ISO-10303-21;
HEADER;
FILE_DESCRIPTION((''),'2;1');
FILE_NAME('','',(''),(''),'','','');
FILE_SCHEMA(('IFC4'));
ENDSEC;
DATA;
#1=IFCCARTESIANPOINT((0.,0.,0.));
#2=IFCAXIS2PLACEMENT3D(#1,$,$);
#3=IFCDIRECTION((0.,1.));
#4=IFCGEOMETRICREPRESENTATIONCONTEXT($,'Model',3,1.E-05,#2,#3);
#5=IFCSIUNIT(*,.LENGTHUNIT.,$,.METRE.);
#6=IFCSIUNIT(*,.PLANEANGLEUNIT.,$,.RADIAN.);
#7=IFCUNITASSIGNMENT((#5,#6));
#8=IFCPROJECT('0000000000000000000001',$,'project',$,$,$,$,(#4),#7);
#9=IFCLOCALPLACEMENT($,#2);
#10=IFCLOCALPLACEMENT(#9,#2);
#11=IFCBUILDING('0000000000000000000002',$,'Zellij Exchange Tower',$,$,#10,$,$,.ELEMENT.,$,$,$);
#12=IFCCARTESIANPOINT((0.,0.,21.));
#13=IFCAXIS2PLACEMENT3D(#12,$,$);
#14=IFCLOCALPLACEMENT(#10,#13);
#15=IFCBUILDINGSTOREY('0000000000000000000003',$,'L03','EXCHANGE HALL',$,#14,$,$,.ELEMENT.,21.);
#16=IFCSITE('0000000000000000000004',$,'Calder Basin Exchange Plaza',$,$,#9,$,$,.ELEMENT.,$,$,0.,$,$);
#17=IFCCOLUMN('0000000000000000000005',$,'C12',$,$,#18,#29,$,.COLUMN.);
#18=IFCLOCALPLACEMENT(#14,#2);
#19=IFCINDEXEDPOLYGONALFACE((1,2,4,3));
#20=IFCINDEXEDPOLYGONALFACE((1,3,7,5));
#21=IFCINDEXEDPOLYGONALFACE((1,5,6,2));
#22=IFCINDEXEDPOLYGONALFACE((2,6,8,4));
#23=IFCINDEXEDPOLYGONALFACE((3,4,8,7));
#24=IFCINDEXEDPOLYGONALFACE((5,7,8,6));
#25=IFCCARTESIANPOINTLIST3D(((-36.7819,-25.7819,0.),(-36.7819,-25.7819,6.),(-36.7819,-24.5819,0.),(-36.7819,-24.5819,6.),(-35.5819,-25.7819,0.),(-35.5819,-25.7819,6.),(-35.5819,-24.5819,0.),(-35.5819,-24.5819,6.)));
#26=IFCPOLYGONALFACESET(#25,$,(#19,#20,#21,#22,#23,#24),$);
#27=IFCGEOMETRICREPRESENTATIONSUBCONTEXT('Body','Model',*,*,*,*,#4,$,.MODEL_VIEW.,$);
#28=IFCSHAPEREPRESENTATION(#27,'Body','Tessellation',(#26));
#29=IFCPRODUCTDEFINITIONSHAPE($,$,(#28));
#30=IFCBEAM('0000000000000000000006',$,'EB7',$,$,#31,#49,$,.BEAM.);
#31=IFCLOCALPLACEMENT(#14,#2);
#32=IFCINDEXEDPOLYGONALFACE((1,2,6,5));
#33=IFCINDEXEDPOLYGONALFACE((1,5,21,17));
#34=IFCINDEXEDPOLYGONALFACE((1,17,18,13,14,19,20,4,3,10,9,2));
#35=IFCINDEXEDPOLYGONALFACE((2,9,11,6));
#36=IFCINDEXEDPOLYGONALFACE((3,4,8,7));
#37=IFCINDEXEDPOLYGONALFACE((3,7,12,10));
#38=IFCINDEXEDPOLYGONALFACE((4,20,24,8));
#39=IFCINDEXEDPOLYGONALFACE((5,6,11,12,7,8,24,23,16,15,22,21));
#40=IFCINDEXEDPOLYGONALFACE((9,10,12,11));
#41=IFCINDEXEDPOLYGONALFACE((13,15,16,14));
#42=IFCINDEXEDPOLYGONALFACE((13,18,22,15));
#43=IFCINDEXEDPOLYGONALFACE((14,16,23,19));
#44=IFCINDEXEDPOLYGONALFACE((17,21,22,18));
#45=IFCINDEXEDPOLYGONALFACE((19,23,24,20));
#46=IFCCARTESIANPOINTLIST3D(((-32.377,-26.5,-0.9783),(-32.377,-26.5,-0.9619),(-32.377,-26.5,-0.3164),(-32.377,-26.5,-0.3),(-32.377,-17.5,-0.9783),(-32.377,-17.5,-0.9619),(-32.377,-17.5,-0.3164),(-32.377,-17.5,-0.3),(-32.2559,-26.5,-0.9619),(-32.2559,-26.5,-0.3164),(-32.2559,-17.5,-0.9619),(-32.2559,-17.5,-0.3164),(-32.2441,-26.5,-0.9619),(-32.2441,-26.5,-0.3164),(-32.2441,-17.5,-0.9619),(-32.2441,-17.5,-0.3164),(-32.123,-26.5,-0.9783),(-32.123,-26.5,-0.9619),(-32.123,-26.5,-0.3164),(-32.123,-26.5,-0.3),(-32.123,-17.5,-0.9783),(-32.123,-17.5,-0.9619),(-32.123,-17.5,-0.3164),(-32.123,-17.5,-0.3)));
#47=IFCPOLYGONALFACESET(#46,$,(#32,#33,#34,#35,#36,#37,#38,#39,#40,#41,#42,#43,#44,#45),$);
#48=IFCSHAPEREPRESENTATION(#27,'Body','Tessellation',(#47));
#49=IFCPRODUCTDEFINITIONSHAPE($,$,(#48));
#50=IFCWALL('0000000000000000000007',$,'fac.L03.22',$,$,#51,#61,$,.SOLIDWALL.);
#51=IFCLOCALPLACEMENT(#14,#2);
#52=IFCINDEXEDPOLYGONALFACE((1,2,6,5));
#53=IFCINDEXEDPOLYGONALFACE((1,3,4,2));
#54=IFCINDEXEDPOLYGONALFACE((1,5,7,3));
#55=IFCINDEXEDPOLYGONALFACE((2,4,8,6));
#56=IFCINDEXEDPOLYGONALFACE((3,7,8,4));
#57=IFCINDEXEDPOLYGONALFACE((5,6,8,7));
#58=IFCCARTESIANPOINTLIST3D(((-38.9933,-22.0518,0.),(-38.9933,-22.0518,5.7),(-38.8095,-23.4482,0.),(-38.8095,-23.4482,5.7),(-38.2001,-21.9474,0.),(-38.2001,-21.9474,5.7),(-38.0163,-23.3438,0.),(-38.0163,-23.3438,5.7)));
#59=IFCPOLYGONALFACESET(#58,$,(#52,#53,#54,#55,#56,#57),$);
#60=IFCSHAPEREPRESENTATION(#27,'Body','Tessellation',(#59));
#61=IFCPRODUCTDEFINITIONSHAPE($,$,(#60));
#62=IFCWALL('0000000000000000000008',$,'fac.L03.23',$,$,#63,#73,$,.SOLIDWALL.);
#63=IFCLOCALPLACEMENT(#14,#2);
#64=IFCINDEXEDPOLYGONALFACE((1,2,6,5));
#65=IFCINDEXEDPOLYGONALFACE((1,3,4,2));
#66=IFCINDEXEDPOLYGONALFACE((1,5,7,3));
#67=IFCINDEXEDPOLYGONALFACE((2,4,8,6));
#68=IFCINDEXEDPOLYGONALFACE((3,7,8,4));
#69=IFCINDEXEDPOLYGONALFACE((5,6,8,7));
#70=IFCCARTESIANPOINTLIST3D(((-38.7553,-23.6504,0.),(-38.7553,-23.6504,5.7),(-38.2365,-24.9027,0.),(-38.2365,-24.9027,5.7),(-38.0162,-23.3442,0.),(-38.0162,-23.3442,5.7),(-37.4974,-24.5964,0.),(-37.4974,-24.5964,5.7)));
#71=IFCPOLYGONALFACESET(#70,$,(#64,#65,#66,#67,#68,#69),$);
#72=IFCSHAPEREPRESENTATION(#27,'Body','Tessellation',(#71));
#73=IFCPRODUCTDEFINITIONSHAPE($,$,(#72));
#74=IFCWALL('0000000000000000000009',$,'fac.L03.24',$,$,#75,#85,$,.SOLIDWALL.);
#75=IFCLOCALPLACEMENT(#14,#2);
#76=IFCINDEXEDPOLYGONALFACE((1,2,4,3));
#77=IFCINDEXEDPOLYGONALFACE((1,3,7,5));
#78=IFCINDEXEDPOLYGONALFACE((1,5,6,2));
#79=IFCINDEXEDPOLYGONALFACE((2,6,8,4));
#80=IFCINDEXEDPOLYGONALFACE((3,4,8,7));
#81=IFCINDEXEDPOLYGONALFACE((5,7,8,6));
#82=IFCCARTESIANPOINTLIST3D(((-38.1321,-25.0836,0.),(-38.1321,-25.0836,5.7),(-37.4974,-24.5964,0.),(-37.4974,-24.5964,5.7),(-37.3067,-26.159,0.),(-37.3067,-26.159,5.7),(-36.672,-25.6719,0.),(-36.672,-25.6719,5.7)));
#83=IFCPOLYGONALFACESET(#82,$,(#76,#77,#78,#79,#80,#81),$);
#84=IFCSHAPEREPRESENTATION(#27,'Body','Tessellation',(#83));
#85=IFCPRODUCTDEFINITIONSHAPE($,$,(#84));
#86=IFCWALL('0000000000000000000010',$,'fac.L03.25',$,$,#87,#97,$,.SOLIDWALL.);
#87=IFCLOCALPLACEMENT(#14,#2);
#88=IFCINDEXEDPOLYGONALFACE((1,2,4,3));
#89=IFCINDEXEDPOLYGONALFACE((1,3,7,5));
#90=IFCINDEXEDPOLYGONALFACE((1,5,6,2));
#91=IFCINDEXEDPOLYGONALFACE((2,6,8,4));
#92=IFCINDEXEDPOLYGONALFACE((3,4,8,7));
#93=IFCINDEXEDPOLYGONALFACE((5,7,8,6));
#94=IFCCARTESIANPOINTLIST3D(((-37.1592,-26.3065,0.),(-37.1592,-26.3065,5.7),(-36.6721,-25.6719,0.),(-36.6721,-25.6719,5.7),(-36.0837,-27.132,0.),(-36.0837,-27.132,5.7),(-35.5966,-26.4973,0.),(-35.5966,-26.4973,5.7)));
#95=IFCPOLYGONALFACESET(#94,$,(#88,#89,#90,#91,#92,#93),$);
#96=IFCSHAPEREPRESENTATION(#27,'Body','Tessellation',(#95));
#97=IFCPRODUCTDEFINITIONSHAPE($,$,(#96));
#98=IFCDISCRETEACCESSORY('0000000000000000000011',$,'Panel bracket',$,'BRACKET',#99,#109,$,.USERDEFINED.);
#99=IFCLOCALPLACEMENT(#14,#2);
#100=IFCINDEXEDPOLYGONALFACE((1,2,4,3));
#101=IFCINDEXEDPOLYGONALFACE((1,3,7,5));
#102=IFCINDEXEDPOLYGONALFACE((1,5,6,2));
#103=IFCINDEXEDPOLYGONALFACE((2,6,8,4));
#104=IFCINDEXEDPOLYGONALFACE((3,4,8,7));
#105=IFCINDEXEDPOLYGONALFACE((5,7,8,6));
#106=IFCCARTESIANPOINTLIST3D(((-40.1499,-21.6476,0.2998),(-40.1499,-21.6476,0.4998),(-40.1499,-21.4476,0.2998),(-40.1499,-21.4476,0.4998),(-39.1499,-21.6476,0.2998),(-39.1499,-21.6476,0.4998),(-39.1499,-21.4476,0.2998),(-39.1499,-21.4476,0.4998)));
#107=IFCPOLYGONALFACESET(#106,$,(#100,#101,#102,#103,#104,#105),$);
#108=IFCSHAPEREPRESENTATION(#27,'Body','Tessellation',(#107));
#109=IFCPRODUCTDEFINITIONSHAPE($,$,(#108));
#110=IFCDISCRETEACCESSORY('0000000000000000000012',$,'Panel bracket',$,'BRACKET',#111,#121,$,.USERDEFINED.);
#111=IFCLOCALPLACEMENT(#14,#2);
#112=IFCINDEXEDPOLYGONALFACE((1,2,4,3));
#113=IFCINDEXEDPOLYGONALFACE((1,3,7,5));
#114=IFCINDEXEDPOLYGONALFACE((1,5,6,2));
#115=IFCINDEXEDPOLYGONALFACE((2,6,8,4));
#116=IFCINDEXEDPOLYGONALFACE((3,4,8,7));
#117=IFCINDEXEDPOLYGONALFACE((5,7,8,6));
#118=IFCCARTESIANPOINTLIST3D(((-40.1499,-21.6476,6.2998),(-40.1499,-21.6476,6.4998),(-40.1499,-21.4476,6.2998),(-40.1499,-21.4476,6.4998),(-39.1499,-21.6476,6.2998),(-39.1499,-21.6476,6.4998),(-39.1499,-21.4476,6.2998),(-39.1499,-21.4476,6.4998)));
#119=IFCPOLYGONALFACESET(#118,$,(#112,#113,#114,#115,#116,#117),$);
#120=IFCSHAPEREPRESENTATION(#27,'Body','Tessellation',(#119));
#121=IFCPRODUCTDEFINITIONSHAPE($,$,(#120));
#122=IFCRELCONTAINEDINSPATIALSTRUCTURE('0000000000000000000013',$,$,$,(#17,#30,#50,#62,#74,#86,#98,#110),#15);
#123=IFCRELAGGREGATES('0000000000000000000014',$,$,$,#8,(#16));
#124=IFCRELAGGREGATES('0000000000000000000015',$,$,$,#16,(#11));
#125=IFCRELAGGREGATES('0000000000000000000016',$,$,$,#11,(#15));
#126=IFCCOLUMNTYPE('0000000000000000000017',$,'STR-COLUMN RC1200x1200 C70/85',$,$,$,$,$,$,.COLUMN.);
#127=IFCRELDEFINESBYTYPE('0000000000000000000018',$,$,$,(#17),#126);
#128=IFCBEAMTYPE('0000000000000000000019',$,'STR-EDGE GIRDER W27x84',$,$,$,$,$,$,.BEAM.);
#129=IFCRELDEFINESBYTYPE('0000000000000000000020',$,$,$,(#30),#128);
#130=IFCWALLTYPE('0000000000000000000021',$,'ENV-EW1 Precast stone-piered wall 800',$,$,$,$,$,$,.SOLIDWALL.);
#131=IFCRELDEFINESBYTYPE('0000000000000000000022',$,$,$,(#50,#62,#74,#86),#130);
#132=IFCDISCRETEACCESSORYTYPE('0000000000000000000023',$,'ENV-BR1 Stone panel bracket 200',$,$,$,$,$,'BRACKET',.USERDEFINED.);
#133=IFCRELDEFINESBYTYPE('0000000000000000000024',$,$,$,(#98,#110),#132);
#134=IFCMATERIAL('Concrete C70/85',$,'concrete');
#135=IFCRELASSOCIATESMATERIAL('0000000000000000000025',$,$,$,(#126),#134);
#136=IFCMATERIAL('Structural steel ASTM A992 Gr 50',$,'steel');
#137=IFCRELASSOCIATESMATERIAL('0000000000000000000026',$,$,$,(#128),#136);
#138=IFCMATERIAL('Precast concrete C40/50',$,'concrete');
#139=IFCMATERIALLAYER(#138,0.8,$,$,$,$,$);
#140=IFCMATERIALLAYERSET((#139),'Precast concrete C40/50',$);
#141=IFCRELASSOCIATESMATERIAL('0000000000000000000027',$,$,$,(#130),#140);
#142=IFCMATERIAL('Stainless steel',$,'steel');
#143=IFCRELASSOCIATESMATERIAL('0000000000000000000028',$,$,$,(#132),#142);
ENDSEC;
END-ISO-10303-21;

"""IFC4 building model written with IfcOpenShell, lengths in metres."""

from ifc_helpers import new_model, si_unit, direction, frame, frame_2d, origin, origin_2d, place, context, subcontext, project, spatial, rectangle, i_section, extrude, material, layer, layer_set, material_profile, profile_set, type_object, element, save


model = new_model("IFC4")

# Units and contexts
model_context = context("Model", 3, precision=1e-05, world=origin(), true_north=direction((0.0, 1.0)))
body_context = subcontext(model_context, "Body", "Model", "MODEL_VIEW")
ifc_project = project(units=[si_unit("LENGTHUNIT", "METRE"), si_unit("PLANEANGLEUNIT", "RADIAN")], contexts=[model_context])

# Site, building, storey
site_placement = place(None, origin())
site = spatial("IfcSite", under=ifc_project, at=site_placement, Name="Calder Basin Exchange Plaza", CompositionType="ELEMENT", RefElevation=0.0)
building_placement = place(site_placement, origin())
building = spatial("IfcBuilding", under=site, at=building_placement, Name="Zellij Exchange Tower", CompositionType="ELEMENT")
storey_placement = place(building_placement, frame((0.0, 0.0, 21.0)))
storey = spatial("IfcBuildingStorey", under=building, at=storey_placement, Name="L03", Description="EXCHANGE HALL", CompositionType="ELEMENT", Elevation=21.0)

# Column
ifc_material_1 = material(Name="Concrete C70/85", Category="concrete")
ifc_material_profile_1 = material_profile(ifc_material_1, rectangle(XDim=1.2, YDim=1.2, at=origin_2d()), Name="STR-COLUMN RC1200x1200 C70/85")
ifc_profile_set_1 = profile_set([ifc_material_profile_1], Name="Concrete C70/85")
column_type = type_object("IfcColumnType", Name="STR-COLUMN RC1200x1200 C70/85", PredefinedType="COLUMN", material=ifc_profile_set_1)
column_placement = place(storey_placement, frame((-36.1819, -25.1819, 0.0), z_axis=(0.0, 0.0, 1.0), x_axis=(1.0, 0.0, 0.0)))
element("IfcColumn", 1, at=column_placement, inside=storey, type_object=column_type, Name="C12", PredefinedType="COLUMN", context=body_context, shape_type="SweptSolid", body=[
    extrude(rectangle(XDim=1.2, YDim=1.2, at=origin_2d()), origin(), (0.0, 0.0, 1.0), 6.0),
])

# Beam
ifc_material_2 = material(Name="Structural steel ASTM A992 Gr 50", Category="steel")
ifc_material_profile_2 = material_profile(ifc_material_2, i_section(OverallWidth=0.2539, OverallDepth=0.6782, WebThickness=0.0117, FlangeThickness=0.0164, at=origin_2d()), Name="W27x84")
ifc_profile_set_2 = profile_set([ifc_material_profile_2], Name="Structural steel ASTM A992 Gr 50")
beam_type = type_object("IfcBeamType", Name="STR-EDGE GIRDER W27x84", PredefinedType="BEAM", material=ifc_profile_set_2)
beam_placement = place(storey_placement, frame((-32.25, -26.5, -0.6392), z_axis=(0.0, 1.0, 0.0), x_axis=(-1.0, 0.0, 0.0)))
element("IfcBeam", 2, at=beam_placement, inside=storey, type_object=beam_type, Name="EB7", PredefinedType="BEAM", context=body_context, shape_type="SweptSolid", body=[
    extrude(i_section(OverallWidth=0.2539, OverallDepth=0.6782, WebThickness=0.0117, FlangeThickness=0.0164, at=origin_2d()), origin(), (0.0, 0.0, 1.0), 9.0),
])

# Walls
ifc_material_3 = material(Name="Precast concrete C40/50", Category="concrete")
ifc_layer = layer(ifc_material_3, 0.8)
ifc_layer_set = layer_set([ifc_layer], Name="Precast concrete C40/50")
wall_type = type_object("IfcWallType", Name="ENV-EW1 Precast stone-piered wall 800", PredefinedType="SOLIDWALL", material=ifc_layer_set)
wall_1_placement = place(storey_placement, frame((-38.5967, -21.9998, 0.0), z_axis=(0.0, 0.0, 1.0), x_axis=(0.130517, -0.991446, 0.0)))
element("IfcWall", 3, at=wall_1_placement, inside=storey, type_object=wall_type, Name="fac.L03.22", PredefinedType="SOLIDWALL", context=body_context, shape_type="SweptSolid", body=[
    extrude(rectangle(XDim=1.4084, YDim=0.8, at=frame_2d((0.7041, 0.0))), origin(), (0.0, 0.0, 1.0), 5.7),
])
wall_2_placement = place(storey_placement, frame((-38.3857, -23.4973, 0.0), z_axis=(0.0, 0.0, 1.0), x_axis=(0.38276, -0.923848, 0.0)))
element("IfcWall", 4, at=wall_2_placement, inside=storey, type_object=wall_type, Name="fac.L03.23", PredefinedType="SOLIDWALL", context=body_context, shape_type="SweptSolid", body=[
    extrude(rectangle(XDim=1.3555, YDim=0.8, at=frame_2d((0.6777, 0.0))), origin(), (0.0, 0.0, 1.0), 5.7),
])
for number, where, z_axis, x_axis, name in (
    (5, (-37.8147, -24.8401, 0.0), (0.0, 0.0, 1.0), (0.608866, -0.793273, 0.0), "fac.L03.24"),
    (6, (-36.9155, -25.9893, 0.0), (0.0, 0.0, 1.0), (0.793273, -0.608866, 0.0), "fac.L03.25"),
):
    element("IfcWall", number, at=place(storey_placement, frame(where, z_axis=z_axis, x_axis=x_axis)), inside=storey, type_object=wall_type, Name=name, PredefinedType="SOLIDWALL", context=body_context, shape_type="SweptSolid", body=[
        extrude(rectangle(XDim=1.3557, YDim=0.8, at=frame_2d((0.6777, 0.0))), origin(), (0.0, 0.0, 1.0), 5.7),
    ])

# Discrete accessories
ifc_material_4 = material(Name="Stainless steel", Category="steel")
discrete_accessory_type = type_object("IfcDiscreteAccessoryType", Name="ENV-BR1 Stone panel bracket 200", ElementType="BRACKET", PredefinedType="USERDEFINED", material=ifc_material_4)
for number, where, z_axis, x_axis, name in (
    (7, (-39.6499, -21.5476, 0.2998), (0.0, 0.0, 1.0), (0.0, -1.0, 0.0), "Panel bracket"),
    (8, (-39.6499, -21.5476, 6.2998), (0.0, 0.0, 1.0), (0.0, -1.0, 0.0), "Panel bracket"),
):
    element("IfcDiscreteAccessory", number, at=place(storey_placement, frame(where, z_axis=z_axis, x_axis=x_axis)), inside=storey, type_object=discrete_accessory_type, Name=name, ObjectType="BRACKET", PredefinedType="USERDEFINED", context=body_context, shape_type="SweptSolid", body=[
        extrude(rectangle(XDim=0.2, YDim=1.0, at=origin_2d()), origin(), (0.0, 0.0, 1.0), 0.2),
    ])

save(model, "model.ifc")
